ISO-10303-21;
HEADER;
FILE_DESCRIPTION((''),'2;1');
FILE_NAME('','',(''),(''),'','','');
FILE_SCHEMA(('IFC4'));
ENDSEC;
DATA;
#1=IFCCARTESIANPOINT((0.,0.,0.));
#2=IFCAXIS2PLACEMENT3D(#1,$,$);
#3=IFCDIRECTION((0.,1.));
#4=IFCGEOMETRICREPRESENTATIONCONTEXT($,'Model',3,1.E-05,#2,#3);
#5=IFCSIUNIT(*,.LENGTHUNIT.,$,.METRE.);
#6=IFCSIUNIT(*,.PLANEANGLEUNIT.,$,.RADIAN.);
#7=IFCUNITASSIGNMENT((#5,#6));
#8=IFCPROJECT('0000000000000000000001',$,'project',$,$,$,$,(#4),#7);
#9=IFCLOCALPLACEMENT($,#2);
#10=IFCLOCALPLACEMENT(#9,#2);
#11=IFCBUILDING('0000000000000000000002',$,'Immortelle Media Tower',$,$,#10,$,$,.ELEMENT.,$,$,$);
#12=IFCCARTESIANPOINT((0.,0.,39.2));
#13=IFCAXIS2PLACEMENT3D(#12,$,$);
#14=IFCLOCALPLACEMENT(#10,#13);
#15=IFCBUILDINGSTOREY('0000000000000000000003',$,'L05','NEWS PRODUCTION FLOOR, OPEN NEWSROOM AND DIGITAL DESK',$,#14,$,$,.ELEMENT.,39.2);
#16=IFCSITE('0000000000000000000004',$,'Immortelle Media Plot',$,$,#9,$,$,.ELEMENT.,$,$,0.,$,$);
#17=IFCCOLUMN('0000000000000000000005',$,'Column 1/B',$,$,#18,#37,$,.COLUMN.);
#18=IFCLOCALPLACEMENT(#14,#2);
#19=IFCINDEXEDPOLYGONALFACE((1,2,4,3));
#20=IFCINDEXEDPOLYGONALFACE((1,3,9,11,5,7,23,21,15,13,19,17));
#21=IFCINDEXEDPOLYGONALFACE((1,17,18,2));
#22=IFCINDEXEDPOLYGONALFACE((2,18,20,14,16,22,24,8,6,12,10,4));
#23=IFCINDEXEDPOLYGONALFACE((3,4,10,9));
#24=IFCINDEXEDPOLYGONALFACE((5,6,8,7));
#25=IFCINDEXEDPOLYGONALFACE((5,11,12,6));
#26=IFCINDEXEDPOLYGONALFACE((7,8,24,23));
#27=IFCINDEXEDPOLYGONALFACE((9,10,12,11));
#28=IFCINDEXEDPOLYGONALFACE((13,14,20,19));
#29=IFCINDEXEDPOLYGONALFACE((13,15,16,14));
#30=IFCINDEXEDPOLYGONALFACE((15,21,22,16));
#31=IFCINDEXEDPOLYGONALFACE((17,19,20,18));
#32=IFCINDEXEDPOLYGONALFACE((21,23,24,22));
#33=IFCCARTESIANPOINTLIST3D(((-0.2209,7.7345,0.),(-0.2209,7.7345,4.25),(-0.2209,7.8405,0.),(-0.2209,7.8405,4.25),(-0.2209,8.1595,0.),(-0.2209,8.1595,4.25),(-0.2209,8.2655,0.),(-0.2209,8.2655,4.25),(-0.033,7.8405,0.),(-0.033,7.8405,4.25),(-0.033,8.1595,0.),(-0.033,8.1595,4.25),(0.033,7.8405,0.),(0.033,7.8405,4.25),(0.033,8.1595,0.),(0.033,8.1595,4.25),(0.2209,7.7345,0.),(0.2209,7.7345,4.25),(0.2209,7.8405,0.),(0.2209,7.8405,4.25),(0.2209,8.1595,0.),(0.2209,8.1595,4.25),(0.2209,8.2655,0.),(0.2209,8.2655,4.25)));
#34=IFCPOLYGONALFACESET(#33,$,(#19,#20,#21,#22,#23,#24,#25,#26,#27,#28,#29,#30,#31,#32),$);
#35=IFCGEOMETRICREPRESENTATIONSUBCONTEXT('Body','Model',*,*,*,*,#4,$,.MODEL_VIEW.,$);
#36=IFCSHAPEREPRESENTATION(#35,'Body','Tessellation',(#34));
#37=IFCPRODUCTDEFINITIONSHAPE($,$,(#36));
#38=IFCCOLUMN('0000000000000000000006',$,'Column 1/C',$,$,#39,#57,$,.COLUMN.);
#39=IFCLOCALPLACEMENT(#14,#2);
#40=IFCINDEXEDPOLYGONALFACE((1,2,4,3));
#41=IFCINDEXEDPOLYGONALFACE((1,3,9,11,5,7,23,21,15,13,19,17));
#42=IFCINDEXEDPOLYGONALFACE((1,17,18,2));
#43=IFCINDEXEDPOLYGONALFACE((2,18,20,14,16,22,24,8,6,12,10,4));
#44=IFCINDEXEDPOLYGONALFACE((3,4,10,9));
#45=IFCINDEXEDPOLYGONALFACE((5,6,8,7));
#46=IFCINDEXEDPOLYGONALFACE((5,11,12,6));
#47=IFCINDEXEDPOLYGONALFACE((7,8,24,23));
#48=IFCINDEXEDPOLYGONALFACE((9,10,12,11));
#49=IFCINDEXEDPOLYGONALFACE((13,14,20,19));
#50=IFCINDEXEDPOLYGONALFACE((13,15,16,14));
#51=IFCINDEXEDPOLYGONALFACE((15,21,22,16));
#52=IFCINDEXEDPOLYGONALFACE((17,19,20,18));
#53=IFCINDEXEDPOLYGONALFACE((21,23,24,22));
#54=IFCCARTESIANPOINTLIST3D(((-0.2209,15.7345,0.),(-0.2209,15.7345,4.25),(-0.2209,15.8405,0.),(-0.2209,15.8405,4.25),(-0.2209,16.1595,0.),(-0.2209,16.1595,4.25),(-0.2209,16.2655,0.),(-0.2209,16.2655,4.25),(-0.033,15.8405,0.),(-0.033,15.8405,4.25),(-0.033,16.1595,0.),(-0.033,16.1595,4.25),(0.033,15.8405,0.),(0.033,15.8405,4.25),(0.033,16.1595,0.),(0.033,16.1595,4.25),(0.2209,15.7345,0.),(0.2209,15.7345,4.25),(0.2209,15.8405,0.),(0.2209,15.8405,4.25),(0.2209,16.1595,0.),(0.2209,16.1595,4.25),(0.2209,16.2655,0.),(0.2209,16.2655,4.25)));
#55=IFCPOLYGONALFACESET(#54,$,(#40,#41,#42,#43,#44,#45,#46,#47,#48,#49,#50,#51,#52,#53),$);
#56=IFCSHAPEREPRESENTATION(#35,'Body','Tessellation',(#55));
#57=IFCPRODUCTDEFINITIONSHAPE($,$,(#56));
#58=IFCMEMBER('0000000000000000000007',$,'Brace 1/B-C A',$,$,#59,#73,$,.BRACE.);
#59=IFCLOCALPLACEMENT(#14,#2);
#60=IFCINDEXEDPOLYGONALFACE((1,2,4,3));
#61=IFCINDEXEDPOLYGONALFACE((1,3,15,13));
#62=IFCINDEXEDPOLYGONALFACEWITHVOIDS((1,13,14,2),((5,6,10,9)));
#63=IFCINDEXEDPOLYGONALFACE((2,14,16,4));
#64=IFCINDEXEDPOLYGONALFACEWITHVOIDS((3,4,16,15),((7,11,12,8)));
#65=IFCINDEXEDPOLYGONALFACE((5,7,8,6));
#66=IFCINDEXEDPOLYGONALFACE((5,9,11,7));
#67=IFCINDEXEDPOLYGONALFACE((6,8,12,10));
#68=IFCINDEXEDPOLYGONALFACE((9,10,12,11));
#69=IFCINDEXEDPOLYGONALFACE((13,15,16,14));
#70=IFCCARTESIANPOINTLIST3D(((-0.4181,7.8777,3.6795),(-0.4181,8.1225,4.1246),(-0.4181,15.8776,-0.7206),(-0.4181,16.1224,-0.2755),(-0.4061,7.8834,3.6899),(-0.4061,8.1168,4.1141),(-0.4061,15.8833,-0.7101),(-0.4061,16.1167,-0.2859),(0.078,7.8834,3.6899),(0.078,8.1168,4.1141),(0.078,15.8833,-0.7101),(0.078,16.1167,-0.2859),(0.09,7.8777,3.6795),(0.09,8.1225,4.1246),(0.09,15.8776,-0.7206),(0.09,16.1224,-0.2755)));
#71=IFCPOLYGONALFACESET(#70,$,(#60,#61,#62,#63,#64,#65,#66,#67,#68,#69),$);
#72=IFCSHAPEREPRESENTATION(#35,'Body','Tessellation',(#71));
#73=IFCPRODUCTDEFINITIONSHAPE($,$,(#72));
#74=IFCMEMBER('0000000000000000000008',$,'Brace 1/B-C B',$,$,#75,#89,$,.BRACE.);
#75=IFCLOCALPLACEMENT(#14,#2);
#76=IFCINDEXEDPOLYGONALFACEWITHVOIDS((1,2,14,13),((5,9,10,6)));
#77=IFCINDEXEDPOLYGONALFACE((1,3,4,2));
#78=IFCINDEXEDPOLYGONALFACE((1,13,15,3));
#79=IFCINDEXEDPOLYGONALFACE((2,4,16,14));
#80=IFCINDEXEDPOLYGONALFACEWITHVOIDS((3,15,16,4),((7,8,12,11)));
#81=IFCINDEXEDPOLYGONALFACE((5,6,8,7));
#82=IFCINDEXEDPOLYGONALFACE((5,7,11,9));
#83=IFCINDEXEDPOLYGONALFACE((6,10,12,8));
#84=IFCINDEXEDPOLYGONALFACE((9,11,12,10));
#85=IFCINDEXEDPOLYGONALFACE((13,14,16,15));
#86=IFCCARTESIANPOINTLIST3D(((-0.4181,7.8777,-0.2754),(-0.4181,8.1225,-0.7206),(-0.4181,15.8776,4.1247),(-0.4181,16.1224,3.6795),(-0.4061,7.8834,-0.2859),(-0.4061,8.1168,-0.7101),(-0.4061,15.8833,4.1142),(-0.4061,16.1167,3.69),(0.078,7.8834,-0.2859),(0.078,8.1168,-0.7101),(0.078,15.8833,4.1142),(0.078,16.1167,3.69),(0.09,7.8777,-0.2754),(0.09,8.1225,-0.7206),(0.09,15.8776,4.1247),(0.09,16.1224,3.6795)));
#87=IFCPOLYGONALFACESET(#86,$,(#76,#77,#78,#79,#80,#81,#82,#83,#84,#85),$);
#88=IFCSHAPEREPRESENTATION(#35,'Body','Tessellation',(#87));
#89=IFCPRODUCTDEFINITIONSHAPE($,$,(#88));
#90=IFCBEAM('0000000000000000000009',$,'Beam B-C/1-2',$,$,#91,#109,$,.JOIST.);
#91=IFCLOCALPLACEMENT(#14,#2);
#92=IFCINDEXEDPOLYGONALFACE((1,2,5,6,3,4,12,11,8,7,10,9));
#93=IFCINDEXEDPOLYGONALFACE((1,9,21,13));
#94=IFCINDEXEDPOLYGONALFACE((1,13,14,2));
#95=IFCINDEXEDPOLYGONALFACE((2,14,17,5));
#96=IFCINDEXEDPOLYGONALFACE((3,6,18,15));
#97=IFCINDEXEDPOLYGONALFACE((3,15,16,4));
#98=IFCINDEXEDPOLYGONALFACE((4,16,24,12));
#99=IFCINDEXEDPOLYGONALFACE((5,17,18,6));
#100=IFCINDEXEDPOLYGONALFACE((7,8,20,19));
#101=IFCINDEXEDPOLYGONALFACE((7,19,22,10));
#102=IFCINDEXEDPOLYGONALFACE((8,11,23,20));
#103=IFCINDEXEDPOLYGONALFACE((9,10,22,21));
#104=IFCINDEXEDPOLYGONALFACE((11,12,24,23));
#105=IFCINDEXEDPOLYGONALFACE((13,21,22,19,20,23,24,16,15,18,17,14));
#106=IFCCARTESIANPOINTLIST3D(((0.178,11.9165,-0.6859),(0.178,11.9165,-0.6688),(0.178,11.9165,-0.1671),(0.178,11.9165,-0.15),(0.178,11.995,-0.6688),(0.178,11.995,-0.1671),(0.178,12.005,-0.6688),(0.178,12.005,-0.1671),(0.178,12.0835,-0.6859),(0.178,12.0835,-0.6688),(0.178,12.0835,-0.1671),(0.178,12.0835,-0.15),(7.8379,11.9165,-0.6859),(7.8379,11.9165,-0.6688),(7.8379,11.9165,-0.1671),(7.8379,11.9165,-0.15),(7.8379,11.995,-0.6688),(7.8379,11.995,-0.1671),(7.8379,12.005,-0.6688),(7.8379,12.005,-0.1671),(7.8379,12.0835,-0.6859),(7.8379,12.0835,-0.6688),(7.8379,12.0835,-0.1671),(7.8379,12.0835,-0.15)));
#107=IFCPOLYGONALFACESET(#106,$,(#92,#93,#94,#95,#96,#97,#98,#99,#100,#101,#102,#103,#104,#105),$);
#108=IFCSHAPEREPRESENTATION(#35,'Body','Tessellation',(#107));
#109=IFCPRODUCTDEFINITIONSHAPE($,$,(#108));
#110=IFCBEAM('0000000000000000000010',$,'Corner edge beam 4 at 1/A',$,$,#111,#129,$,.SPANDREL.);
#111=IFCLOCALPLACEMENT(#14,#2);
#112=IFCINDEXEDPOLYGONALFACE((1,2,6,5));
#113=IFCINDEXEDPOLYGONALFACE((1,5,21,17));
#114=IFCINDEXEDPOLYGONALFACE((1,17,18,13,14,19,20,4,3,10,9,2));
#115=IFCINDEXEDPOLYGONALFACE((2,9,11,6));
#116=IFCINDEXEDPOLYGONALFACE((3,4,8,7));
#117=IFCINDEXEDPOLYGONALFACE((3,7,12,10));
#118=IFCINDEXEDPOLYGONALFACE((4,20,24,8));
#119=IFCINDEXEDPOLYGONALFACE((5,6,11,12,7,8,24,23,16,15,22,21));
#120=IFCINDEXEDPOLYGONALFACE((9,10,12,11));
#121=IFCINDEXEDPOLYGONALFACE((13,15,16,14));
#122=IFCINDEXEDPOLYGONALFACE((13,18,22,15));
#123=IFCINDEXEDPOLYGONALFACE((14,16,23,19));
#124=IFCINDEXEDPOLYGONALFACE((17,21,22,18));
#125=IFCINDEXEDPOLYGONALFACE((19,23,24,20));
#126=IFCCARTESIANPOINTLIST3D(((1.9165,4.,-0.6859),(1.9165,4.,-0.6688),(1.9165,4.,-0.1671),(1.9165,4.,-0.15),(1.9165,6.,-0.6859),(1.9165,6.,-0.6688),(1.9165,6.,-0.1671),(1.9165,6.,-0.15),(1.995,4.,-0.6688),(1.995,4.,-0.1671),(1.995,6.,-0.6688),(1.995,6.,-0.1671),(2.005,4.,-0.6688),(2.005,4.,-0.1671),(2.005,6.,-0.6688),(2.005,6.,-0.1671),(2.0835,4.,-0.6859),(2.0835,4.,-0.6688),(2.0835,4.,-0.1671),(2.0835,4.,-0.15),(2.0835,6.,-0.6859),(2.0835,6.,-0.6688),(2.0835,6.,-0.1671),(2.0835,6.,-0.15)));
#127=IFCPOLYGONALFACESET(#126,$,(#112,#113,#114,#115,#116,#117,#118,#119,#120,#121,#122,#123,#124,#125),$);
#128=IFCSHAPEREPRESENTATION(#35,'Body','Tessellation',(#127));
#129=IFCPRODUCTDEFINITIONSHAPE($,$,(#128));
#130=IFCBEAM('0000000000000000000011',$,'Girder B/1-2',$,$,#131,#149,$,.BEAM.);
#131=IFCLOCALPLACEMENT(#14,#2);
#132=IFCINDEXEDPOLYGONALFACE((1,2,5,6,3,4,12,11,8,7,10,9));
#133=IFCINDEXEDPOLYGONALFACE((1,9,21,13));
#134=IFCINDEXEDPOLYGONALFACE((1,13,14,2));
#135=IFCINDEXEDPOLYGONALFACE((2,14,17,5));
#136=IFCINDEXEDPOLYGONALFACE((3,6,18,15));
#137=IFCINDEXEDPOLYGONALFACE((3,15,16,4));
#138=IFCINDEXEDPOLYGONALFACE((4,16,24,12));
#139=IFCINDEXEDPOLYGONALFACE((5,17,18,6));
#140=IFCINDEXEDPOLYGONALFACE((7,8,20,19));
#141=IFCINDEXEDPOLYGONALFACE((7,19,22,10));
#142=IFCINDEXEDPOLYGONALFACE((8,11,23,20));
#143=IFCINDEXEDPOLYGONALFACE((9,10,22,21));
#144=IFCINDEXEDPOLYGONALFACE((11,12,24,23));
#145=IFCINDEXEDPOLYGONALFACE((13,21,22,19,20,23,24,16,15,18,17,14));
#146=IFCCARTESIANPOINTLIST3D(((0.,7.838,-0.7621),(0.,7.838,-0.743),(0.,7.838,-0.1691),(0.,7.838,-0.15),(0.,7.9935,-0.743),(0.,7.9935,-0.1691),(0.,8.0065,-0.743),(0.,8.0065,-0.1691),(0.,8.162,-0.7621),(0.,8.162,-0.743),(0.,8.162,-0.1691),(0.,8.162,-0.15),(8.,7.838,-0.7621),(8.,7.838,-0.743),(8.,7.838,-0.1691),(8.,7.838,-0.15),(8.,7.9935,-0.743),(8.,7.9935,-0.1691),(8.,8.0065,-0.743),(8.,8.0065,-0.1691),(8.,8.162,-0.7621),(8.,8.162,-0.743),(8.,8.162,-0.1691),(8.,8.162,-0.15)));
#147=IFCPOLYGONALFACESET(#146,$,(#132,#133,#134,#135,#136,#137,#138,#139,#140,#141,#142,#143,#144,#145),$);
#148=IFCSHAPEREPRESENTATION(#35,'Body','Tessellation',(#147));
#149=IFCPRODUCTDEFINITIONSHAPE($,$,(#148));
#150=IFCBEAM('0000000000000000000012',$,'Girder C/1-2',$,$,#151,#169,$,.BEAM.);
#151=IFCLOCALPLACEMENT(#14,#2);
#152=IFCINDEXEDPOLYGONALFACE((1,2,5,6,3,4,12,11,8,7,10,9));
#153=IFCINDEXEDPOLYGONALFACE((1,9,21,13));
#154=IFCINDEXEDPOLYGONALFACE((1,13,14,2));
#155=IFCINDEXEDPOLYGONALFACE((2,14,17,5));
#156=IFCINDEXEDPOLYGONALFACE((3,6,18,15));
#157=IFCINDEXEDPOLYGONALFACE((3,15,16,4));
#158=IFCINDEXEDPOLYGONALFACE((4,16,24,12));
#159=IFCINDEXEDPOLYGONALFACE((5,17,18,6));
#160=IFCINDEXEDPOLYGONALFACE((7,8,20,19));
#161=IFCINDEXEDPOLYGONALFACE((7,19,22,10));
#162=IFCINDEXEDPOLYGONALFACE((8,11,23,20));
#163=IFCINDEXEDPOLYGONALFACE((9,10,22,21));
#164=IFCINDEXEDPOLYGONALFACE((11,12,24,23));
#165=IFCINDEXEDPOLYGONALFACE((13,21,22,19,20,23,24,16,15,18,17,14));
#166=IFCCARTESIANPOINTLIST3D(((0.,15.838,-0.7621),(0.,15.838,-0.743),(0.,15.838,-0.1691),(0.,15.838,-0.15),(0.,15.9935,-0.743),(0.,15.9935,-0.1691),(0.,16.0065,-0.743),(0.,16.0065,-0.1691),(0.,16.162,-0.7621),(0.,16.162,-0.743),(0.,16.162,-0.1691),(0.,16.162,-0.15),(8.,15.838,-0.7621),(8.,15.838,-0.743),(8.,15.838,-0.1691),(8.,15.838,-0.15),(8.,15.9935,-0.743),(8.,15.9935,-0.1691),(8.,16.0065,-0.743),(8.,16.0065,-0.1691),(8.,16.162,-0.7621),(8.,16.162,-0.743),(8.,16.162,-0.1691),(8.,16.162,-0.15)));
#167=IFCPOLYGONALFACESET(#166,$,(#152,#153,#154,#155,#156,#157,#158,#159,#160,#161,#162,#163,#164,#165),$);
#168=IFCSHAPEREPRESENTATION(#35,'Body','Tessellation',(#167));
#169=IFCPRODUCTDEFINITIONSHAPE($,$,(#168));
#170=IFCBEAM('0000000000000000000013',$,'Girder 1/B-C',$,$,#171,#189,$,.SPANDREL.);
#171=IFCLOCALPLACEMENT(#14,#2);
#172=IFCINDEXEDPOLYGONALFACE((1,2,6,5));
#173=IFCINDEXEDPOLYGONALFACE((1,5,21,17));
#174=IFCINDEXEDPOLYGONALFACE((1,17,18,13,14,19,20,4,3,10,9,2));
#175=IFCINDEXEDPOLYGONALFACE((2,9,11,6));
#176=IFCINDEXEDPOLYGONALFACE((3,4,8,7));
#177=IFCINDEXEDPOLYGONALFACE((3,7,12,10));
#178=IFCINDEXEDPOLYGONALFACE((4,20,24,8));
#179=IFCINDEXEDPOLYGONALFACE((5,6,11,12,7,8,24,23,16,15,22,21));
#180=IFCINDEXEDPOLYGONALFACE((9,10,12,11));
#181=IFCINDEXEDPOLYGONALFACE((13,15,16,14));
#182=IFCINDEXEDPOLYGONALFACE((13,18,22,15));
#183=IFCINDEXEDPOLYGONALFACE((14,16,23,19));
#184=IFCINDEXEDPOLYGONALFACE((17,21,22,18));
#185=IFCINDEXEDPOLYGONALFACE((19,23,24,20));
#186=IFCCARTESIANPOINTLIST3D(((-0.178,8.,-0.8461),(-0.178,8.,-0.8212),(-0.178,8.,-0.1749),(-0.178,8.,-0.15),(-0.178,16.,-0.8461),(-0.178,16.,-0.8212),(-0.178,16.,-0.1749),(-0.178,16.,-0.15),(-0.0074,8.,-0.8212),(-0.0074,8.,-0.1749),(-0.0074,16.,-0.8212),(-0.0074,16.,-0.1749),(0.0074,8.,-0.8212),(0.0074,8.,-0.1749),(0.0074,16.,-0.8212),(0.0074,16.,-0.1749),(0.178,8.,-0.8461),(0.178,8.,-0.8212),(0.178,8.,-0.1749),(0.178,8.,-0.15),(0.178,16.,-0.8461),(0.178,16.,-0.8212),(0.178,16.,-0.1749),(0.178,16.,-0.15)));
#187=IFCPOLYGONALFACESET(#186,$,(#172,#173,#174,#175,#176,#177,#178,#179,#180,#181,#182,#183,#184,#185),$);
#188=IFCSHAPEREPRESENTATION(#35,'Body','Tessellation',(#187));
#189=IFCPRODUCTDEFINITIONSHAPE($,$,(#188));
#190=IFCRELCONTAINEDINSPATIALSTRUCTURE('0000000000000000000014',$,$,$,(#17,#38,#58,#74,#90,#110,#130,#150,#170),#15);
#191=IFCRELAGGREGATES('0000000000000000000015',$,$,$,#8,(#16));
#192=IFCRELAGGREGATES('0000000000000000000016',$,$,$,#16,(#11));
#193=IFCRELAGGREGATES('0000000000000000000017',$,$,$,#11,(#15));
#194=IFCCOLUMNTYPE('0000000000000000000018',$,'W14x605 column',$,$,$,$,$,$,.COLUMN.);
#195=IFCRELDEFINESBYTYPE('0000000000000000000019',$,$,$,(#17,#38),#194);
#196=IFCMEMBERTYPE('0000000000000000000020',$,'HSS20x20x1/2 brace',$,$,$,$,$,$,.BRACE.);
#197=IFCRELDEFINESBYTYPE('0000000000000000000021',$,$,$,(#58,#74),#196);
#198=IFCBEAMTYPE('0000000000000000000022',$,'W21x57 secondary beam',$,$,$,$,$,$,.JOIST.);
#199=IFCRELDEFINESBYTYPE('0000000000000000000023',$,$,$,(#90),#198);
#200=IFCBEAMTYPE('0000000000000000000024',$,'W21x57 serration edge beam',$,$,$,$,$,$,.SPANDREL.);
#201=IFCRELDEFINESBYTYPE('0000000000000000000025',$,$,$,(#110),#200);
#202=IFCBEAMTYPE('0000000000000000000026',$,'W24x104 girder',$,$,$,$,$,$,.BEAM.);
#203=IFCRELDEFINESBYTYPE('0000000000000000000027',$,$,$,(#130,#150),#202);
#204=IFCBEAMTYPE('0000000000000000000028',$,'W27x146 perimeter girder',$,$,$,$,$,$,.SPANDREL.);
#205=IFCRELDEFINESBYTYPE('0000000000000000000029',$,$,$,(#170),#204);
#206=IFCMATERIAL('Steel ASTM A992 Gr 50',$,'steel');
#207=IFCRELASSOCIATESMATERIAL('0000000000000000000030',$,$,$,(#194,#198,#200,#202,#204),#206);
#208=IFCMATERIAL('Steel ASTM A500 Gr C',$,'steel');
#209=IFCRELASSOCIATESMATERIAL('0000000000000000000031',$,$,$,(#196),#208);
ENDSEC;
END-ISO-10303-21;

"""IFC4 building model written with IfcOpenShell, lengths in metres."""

from ifc_helpers import new_model, si_unit, direction, frame, origin, origin_2d, place, context, subcontext, project, spatial, hollow_rectangle, i_section, extrude, material, material_profile, profile_set, type_object, element, save


model = new_model("IFC4")

# Units and contexts
model_context = context("Model", 3, precision=1e-05, world=origin(), true_north=direction((0.0, 1.0)))
body_context = subcontext(model_context, "Body", "Model", "MODEL_VIEW")
ifc_project = project(units=[si_unit("LENGTHUNIT", "METRE"), si_unit("PLANEANGLEUNIT", "RADIAN")], contexts=[model_context])

# Site, building, storey
site_placement = place(None, origin())
site = spatial("IfcSite", under=ifc_project, at=site_placement, Name="Immortelle Media Plot", CompositionType="ELEMENT", RefElevation=0.0)
building_placement = place(site_placement, origin())
building = spatial("IfcBuilding", under=site, at=building_placement, Name="Immortelle Media Tower", CompositionType="ELEMENT")
storey_placement = place(building_placement, frame((0.0, 0.0, 39.2)))
storey = spatial("IfcBuildingStorey", under=building, at=storey_placement, Name="L05", Description="NEWS PRODUCTION FLOOR, OPEN NEWSROOM AND DIGITAL DESK", CompositionType="ELEMENT", Elevation=39.2)

# Columns
ifc_material_1 = material(Name="Steel ASTM A992 Gr 50", Category="steel")
ifc_material_profile_1 = material_profile(ifc_material_1, i_section(OverallWidth=0.4419, OverallDepth=0.531, WebThickness=0.0659, FlangeThickness=0.106, at=origin_2d()), Name="W14x605")
ifc_profile_set_1 = profile_set([ifc_material_profile_1], Name="Steel ASTM A992 Gr 50")
column_type = type_object("IfcColumnType", Name="W14x605 column", PredefinedType="COLUMN", material=ifc_profile_set_1)
for number, where, z_axis, x_axis, name in (
    (1, (0.0, 8.0, 0.0), (0.0, 0.0, 1.0), (1.0, 0.0, 0.0), "Column 1/B"),
    (2, (0.0, 16.0, 0.0), (0.0, 0.0, 1.0), (1.0, 0.0, 0.0), "Column 1/C"),
):
    element("IfcColumn", number, at=place(storey_placement, frame(where, z_axis=z_axis, x_axis=x_axis)), inside=storey, type_object=column_type, Name=name, PredefinedType="COLUMN", context=body_context, shape_type="SweptSolid", body=[
        extrude(i_section(OverallWidth=0.4419, OverallDepth=0.531, WebThickness=0.0659, FlangeThickness=0.106, at=origin_2d()), origin(), (0.0, 0.0, 1.0), 4.25),
    ])

# Members
ifc_material_2 = material(Name="Steel ASTM A500 Gr C", Category="steel")
ifc_material_profile_2 = material_profile(ifc_material_2, hollow_rectangle(XDim=0.5081, YDim=0.5081, WallThickness=0.012, at=origin_2d()), Name="HSS20x20x1/2 brace")
ifc_profile_set_2 = profile_set([ifc_material_profile_2], Name="Steel ASTM A500 Gr C")
member_type = type_object("IfcMemberType", Name="HSS20x20x1/2 brace", PredefinedType="BRACE", material=ifc_profile_set_2)
for number, where, z_axis, x_axis, name in (
    (3, (-0.1641, 16.0, -0.498), (0.0, -0.876209, 0.481931), (1.0, 0.0, 0.0), "Brace 1/B-C A"),
    (4, (-0.1641, 16.0, 3.9021), (0.0, -0.876209, -0.481931), (1.0, 0.0, 0.0), "Brace 1/B-C B"),
):
    element("IfcMember", number, at=place(storey_placement, frame(where, z_axis=z_axis, x_axis=x_axis)), inside=storey, type_object=member_type, Name=name, PredefinedType="BRACE", context=body_context, shape_type="SweptSolid", body=[
        extrude(hollow_rectangle(XDim=0.5081, YDim=0.5081, WallThickness=0.012, at=origin_2d()), origin(), (0.0, 0.0, 1.0), 9.1301),
    ])

# Beams
ifc_material_profile_3 = material_profile(ifc_material_1, i_section(OverallWidth=0.167, OverallDepth=0.5359, WebThickness=0.01, FlangeThickness=0.0171, at=origin_2d()), Name="W21x57")
ifc_profile_set_3 = profile_set([ifc_material_profile_3], Name="Steel ASTM A992 Gr 50")
beam_type_1 = type_object("IfcBeamType", Name="W21x57 secondary beam", PredefinedType="JOIST", material=ifc_profile_set_3)
beam_1_placement = place(storey_placement, frame((0.178, 12.0, -0.418), z_axis=(1.0, 0.0, 0.0), x_axis=(0.0, 1.0, 0.0)))
element("IfcBeam", 5, at=beam_1_placement, inside=storey, type_object=beam_type_1, Name="Beam B-C/1-2", PredefinedType="JOIST", context=body_context, shape_type="SweptSolid", body=[
    extrude(i_section(OverallWidth=0.167, OverallDepth=0.5359, WebThickness=0.01, FlangeThickness=0.0171, at=origin_2d()), origin(), (0.0, 0.0, 1.0), 7.6599),
])
ifc_material_profile_4 = material_profile(ifc_material_1, i_section(OverallWidth=0.167, OverallDepth=0.5359, WebThickness=0.01, FlangeThickness=0.0171, at=origin_2d()), Name="W21x57")
ifc_profile_set_4 = profile_set([ifc_material_profile_4], Name="Steel ASTM A992 Gr 50")
beam_type_2 = type_object("IfcBeamType", Name="W21x57 serration edge beam", PredefinedType="SPANDREL", material=ifc_profile_set_4)
beam_2_placement = place(storey_placement, frame((2.0, 4.0, -0.418), z_axis=(0.0, 1.0, 0.0), x_axis=(-1.0, 0.0, 0.0)))
element("IfcBeam", 6, at=beam_2_placement, inside=storey, type_object=beam_type_2, Name="Corner edge beam 4 at 1/A", PredefinedType="SPANDREL", context=body_context, shape_type="SweptSolid", body=[
    extrude(i_section(OverallWidth=0.167, OverallDepth=0.5359, WebThickness=0.01, FlangeThickness=0.0171, at=origin_2d()), origin(), (0.0, 0.0, 1.0), 2.0),
])
ifc_material_profile_5 = material_profile(ifc_material_1, i_section(OverallWidth=0.324, OverallDepth=0.6121, WebThickness=0.0129, FlangeThickness=0.019, at=origin_2d()), Name="W24x104")
ifc_profile_set_5 = profile_set([ifc_material_profile_5], Name="Steel ASTM A992 Gr 50")
beam_type_3 = type_object("IfcBeamType", Name="W24x104 girder", PredefinedType="BEAM", material=ifc_profile_set_5)
for number, where, z_axis, x_axis, name in (
    (7, (0.0, 8.0, -0.4561), (1.0, 0.0, 0.0), (0.0, 1.0, 0.0), "Girder B/1-2"),
    (8, (0.0, 16.0, -0.4561), (1.0, 0.0, 0.0), (0.0, 1.0, 0.0), "Girder C/1-2"),
):
    element("IfcBeam", number, at=place(storey_placement, frame(where, z_axis=z_axis, x_axis=x_axis)), inside=storey, type_object=beam_type_3, Name=name, PredefinedType="BEAM", context=body_context, shape_type="SweptSolid", body=[
        extrude(i_section(OverallWidth=0.324, OverallDepth=0.6121, WebThickness=0.0129, FlangeThickness=0.019, at=origin_2d()), origin(), (0.0, 0.0, 1.0), 8.0),
    ])
ifc_material_profile_6 = material_profile(ifc_material_1, i_section(OverallWidth=0.356, OverallDepth=0.696, WebThickness=0.0149, FlangeThickness=0.0249, at=origin_2d()), Name="W27x146")
ifc_profile_set_6 = profile_set([ifc_material_profile_6], Name="Steel ASTM A992 Gr 50")
beam_type_4 = type_object("IfcBeamType", Name="W27x146 perimeter girder", PredefinedType="SPANDREL", material=ifc_profile_set_6)
for number, where, z_axis, x_axis, name in (
    (9, (0.0, 8.0, -0.498), (0.0, 1.0, 0.0), (-1.0, 0.0, 0.0), "Girder 1/B-C"),
):
    element("IfcBeam", number, at=place(storey_placement, frame(where, z_axis=z_axis, x_axis=x_axis)), inside=storey, type_object=beam_type_4, Name=name, PredefinedType="SPANDREL", context=body_context, shape_type="SweptSolid", body=[
        extrude(i_section(OverallWidth=0.356, OverallDepth=0.696, WebThickness=0.0149, FlangeThickness=0.0249, at=origin_2d()), origin(), (0.0, 0.0, 1.0), 8.0),
    ])

save(model, "model.ifc")
